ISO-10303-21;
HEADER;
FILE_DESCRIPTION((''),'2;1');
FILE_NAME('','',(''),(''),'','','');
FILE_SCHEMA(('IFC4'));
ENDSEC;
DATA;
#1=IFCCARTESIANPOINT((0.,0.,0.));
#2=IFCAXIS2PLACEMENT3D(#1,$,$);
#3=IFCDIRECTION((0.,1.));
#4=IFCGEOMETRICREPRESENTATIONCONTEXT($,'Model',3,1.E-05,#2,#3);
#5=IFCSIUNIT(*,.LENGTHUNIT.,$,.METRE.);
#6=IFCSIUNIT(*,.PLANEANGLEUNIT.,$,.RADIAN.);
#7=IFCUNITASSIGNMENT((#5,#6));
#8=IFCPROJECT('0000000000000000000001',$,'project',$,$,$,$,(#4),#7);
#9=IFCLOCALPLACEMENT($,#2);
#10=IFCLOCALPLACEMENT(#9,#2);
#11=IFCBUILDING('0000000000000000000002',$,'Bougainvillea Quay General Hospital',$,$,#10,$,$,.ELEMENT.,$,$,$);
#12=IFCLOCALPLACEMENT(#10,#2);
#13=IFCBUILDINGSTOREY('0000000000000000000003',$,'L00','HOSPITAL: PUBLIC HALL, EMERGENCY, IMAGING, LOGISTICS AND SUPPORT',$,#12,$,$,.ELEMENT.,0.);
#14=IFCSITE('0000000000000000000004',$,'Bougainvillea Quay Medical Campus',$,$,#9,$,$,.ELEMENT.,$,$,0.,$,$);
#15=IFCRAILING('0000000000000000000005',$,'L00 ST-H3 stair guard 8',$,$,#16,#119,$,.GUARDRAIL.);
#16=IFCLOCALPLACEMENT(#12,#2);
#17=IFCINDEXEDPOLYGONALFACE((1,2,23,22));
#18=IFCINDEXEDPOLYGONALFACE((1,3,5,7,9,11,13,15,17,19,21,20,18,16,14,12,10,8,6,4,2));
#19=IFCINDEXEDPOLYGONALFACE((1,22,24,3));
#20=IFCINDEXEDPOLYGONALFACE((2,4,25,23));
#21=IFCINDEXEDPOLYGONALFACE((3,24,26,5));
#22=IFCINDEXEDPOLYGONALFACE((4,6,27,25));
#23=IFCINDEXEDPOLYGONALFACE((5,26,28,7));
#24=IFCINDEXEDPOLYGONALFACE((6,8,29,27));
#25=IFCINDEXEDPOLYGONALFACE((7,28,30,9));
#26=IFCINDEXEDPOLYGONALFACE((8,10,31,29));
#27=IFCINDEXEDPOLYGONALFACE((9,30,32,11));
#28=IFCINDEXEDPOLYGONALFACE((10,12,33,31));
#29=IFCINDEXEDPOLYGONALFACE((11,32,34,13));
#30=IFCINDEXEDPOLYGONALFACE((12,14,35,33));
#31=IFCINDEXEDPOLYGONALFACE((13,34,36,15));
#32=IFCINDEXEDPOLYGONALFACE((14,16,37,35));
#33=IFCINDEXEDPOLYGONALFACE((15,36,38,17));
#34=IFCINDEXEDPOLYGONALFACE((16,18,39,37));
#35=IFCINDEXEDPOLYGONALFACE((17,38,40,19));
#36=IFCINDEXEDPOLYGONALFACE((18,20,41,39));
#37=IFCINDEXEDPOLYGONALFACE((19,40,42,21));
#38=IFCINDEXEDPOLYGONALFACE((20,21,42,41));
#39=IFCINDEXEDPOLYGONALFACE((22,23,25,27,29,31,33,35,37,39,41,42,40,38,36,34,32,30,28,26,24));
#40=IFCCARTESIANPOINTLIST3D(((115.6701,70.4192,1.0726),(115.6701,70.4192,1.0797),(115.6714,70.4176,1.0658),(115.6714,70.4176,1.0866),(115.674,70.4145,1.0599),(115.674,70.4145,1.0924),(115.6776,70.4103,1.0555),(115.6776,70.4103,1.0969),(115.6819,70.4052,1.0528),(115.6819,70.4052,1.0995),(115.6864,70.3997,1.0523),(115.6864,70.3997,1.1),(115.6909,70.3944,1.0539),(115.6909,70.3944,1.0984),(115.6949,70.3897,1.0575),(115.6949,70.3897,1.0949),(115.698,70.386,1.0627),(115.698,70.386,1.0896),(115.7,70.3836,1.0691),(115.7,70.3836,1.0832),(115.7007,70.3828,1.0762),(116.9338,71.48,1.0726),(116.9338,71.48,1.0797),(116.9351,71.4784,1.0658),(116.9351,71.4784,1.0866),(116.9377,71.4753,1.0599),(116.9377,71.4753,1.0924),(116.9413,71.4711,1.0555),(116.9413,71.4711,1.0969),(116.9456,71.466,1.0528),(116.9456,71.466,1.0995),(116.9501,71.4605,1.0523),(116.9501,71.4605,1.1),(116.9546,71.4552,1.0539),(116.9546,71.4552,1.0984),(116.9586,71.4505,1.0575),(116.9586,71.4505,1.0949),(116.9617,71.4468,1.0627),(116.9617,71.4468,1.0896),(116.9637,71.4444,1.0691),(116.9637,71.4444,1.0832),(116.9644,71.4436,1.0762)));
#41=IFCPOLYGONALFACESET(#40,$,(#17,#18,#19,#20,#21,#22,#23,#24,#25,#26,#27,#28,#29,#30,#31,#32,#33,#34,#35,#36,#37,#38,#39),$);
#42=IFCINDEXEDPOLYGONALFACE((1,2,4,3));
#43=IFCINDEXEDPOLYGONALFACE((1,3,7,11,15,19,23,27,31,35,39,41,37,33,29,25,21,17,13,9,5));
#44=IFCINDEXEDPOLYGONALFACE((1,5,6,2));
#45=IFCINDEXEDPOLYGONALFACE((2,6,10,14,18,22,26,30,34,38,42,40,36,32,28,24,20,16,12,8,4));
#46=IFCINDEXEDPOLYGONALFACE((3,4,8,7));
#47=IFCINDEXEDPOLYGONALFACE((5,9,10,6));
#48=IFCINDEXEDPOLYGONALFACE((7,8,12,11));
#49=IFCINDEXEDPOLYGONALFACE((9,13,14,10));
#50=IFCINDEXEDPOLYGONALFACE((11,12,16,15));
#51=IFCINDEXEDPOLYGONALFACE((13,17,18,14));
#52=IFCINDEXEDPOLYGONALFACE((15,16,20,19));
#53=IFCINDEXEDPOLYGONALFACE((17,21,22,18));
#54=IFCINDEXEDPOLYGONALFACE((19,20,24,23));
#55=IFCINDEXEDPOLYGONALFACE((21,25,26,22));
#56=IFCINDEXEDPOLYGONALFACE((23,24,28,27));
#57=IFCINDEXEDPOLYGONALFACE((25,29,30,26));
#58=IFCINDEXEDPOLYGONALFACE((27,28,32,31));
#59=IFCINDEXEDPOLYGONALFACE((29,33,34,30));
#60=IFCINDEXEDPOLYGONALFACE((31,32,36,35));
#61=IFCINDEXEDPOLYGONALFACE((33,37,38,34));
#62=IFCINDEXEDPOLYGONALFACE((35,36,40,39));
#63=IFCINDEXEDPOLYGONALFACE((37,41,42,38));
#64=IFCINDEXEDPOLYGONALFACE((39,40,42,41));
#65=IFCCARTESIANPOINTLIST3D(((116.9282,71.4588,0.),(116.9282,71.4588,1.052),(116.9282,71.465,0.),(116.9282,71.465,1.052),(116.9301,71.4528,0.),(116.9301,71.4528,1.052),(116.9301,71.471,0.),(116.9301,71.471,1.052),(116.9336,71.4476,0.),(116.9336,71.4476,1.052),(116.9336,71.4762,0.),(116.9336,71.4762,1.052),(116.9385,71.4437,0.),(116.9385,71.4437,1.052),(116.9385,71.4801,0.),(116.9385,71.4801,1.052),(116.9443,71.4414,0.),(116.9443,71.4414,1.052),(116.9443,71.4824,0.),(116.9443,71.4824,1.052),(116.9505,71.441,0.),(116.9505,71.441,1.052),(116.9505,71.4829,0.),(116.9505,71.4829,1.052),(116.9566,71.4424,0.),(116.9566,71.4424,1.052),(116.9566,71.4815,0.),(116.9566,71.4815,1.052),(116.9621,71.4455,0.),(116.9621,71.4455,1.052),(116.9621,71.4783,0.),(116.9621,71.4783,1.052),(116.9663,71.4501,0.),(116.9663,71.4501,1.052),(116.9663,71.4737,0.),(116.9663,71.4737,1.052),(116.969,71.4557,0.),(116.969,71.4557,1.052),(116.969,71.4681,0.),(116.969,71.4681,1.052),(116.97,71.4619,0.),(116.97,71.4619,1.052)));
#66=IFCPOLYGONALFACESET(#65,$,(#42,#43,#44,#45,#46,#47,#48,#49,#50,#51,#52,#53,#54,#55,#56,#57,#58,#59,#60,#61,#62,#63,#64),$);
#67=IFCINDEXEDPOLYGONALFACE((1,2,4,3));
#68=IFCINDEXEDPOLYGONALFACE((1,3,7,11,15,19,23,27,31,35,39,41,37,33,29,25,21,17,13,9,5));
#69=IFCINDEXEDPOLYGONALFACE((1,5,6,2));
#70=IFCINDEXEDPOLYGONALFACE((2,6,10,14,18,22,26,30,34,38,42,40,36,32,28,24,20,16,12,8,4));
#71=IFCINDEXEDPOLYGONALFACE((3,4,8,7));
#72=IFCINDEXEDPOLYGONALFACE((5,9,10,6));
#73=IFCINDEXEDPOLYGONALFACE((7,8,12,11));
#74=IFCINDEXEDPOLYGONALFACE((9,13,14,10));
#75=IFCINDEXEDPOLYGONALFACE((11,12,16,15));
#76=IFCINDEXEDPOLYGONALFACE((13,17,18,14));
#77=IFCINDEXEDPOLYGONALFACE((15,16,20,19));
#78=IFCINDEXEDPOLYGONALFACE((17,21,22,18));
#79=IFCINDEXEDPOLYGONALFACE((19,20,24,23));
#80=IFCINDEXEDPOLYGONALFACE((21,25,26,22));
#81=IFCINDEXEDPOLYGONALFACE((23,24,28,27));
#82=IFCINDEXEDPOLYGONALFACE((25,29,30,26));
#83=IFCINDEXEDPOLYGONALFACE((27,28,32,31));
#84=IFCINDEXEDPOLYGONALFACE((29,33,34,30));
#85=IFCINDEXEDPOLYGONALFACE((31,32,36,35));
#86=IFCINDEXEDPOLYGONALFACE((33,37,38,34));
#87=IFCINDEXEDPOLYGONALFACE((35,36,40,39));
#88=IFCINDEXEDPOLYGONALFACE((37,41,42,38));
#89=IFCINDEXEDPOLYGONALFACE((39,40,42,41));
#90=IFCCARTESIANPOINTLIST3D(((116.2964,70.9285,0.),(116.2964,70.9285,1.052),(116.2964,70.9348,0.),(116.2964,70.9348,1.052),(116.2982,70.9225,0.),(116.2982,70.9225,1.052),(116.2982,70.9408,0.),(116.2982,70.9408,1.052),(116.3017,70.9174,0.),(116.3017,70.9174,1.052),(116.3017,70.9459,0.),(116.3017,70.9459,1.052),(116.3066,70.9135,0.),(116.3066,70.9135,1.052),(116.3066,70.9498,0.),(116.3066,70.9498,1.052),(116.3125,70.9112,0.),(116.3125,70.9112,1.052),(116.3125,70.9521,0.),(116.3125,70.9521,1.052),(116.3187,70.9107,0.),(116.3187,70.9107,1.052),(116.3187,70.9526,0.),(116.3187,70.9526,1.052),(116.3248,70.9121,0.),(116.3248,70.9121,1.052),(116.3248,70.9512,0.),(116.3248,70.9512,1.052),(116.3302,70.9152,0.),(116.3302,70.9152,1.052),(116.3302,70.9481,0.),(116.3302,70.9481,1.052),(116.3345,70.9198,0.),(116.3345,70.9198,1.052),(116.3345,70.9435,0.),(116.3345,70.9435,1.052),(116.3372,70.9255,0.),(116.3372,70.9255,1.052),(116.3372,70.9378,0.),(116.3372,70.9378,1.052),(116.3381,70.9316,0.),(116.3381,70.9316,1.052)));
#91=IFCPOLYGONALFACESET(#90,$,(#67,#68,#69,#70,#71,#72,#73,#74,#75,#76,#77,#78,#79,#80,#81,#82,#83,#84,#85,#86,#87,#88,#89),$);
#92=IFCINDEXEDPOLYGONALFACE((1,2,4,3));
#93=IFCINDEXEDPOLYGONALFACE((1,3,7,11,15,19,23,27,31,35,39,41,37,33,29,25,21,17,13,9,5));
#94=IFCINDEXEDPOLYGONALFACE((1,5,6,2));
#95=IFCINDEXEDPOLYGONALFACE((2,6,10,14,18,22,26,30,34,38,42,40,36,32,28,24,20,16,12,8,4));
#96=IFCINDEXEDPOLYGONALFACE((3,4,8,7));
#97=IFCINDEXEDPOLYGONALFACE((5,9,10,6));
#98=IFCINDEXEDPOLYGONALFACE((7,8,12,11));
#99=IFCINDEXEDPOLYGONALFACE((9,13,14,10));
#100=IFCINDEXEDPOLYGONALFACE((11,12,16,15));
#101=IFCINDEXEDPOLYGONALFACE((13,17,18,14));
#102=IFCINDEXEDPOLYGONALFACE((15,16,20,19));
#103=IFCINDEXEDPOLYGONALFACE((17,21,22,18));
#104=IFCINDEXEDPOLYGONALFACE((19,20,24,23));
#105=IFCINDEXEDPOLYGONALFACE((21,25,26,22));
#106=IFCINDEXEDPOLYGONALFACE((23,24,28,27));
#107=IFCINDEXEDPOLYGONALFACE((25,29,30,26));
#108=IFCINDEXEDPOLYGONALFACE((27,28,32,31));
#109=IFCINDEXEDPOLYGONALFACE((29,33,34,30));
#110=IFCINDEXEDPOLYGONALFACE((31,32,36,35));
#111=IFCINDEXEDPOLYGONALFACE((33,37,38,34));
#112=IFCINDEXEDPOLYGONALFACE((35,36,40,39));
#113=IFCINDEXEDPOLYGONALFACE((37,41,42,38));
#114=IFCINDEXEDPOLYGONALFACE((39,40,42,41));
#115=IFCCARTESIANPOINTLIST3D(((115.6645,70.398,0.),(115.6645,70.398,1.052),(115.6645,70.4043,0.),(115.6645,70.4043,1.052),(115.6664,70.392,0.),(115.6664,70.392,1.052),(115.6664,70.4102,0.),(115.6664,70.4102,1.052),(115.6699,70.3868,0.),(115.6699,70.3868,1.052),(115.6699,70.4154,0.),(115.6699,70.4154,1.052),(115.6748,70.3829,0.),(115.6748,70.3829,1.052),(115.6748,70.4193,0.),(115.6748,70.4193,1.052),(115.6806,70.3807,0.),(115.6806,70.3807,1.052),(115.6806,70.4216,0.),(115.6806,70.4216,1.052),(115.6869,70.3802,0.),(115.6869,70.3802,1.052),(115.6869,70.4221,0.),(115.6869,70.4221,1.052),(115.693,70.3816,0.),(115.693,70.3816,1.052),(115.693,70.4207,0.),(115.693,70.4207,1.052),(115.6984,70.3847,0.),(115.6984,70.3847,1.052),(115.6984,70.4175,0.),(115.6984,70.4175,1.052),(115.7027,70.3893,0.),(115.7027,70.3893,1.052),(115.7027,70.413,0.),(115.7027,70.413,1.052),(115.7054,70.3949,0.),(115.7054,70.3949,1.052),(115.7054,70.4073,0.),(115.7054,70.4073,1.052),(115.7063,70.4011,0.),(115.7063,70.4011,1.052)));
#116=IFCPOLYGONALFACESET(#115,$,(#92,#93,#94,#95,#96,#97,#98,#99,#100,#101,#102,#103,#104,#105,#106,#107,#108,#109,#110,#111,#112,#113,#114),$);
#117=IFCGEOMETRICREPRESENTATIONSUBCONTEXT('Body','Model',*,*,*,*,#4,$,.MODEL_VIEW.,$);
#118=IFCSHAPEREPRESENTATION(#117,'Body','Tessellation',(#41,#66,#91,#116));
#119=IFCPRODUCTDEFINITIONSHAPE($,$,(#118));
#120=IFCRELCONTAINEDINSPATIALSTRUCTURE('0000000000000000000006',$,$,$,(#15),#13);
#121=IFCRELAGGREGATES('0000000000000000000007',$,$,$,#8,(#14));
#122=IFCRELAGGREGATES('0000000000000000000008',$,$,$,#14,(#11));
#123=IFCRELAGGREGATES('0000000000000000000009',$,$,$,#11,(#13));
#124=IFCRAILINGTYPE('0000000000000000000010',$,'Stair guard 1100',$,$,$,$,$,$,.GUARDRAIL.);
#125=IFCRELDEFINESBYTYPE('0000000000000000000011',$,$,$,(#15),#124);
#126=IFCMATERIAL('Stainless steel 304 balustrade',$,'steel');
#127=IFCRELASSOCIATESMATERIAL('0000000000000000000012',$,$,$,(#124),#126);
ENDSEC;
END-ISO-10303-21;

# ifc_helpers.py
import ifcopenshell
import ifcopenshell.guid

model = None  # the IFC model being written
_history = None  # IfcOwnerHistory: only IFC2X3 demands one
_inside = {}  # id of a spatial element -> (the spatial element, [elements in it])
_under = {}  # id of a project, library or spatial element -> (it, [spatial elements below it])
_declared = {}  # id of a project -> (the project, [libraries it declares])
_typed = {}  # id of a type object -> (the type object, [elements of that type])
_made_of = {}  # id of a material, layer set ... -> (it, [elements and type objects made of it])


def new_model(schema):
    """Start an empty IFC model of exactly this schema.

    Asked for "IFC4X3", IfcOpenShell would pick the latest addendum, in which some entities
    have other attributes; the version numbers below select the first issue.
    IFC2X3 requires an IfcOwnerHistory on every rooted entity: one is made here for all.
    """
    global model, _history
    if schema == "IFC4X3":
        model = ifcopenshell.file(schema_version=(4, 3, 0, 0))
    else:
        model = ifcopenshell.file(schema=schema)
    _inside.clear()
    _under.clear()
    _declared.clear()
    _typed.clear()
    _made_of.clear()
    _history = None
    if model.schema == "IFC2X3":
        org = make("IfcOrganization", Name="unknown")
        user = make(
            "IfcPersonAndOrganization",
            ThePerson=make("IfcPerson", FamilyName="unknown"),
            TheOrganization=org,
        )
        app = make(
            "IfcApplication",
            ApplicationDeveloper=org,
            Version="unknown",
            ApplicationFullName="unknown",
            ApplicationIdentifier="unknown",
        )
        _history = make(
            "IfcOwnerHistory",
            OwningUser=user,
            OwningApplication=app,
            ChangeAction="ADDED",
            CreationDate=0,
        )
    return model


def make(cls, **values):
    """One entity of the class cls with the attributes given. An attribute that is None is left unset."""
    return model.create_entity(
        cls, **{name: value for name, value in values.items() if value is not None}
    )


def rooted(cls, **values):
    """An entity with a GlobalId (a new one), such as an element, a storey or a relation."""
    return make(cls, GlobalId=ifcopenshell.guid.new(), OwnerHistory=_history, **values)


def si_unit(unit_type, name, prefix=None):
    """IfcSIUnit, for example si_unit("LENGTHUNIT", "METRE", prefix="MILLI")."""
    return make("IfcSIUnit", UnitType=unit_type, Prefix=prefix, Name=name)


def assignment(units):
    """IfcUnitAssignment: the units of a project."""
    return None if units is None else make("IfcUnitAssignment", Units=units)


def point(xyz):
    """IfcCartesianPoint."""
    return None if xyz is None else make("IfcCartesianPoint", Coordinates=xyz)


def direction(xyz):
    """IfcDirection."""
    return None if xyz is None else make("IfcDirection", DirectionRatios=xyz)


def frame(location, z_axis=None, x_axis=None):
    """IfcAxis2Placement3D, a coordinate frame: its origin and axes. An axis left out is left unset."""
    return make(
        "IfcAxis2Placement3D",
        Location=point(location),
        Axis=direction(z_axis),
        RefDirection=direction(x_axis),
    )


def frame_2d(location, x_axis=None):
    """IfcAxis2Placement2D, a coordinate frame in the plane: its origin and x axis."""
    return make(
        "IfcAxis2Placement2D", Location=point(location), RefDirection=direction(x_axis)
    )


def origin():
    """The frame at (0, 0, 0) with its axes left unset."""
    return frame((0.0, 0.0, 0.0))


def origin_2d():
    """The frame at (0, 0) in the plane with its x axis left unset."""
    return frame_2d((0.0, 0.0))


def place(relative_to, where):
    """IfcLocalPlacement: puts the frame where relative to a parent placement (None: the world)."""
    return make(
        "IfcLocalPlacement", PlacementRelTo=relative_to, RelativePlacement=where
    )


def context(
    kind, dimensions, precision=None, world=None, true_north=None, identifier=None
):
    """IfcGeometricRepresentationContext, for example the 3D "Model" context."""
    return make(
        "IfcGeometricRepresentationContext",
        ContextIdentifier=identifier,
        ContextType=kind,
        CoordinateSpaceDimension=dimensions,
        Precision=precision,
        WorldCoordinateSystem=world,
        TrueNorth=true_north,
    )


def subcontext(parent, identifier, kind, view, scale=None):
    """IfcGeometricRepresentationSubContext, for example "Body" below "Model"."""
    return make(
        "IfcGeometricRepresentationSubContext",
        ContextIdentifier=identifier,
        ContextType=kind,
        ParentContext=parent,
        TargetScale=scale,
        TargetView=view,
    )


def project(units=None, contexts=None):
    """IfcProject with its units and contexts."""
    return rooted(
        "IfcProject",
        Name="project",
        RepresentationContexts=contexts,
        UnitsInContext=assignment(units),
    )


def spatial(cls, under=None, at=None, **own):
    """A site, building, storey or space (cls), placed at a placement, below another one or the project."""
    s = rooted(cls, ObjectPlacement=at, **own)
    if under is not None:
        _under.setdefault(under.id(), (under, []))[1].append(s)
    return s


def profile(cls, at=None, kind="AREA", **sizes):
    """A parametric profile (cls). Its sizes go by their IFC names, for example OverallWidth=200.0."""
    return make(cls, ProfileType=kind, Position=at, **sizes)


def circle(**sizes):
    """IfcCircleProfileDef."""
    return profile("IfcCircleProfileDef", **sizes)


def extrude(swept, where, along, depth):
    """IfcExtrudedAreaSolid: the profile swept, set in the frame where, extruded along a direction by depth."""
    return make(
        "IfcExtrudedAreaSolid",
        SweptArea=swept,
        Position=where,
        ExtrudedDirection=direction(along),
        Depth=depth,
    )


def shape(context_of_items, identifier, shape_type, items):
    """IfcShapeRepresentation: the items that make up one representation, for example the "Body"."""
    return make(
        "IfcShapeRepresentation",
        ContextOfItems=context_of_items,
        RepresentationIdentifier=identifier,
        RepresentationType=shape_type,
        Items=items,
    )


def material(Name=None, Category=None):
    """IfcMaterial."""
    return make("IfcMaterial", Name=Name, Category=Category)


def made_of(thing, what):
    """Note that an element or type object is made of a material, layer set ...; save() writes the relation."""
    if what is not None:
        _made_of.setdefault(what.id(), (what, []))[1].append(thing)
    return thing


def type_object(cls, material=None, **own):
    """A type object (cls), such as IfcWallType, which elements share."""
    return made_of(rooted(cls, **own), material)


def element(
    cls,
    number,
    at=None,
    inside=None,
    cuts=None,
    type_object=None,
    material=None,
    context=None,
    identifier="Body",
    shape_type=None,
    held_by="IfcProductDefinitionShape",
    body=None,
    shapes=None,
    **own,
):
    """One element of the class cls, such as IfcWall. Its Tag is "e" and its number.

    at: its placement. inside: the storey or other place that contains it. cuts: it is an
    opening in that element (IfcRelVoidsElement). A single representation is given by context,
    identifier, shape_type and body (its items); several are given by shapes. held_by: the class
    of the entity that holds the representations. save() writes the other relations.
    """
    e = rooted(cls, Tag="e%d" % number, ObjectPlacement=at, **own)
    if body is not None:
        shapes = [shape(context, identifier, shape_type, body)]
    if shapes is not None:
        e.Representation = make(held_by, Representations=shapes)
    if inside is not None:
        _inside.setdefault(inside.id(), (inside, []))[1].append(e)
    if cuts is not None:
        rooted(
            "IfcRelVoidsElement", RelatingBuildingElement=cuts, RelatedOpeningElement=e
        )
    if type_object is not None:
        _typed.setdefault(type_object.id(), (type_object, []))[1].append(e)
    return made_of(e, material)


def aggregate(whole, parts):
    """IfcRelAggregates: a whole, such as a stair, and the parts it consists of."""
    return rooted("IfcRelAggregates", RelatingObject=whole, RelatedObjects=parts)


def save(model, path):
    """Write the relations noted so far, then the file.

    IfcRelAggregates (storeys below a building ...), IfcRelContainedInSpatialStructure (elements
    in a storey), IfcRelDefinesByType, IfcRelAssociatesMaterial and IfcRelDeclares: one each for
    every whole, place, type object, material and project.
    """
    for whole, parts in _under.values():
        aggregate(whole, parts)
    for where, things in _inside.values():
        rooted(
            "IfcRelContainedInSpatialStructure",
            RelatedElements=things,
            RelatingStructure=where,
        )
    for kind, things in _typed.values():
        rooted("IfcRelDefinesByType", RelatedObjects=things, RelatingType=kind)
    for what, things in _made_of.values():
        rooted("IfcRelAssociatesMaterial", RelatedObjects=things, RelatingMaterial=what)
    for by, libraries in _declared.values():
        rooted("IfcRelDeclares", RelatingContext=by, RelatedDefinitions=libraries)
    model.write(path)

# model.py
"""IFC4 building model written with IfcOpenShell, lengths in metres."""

from ifc_helpers import new_model, si_unit, direction, frame, origin, origin_2d, place, context, subcontext, project, spatial, circle, extrude, material, type_object, element, save


model = new_model("IFC4")

# Units and contexts
model_context = context("Model", 3, precision=1e-05, world=origin(), true_north=direction((0.0, 1.0)))
body_context = subcontext(model_context, "Body", "Model", "MODEL_VIEW")
ifc_project = project(units=[si_unit("LENGTHUNIT", "METRE"), si_unit("PLANEANGLEUNIT", "RADIAN")], contexts=[model_context])

# Site, building, storey
site_placement = place(None, origin())
site = spatial("IfcSite", under=ifc_project, at=site_placement, Name="Bougainvillea Quay Medical Campus", CompositionType="ELEMENT", RefElevation=0.0)
building_placement = place(site_placement, origin())
building = spatial("IfcBuilding", under=site, at=building_placement, Name="Bougainvillea Quay General Hospital", CompositionType="ELEMENT")
storey_placement = place(building_placement, origin())
storey = spatial("IfcBuildingStorey", under=building, at=storey_placement, Name="L00", Description="HOSPITAL: PUBLIC HALL, EMERGENCY, IMAGING, LOGISTICS AND SUPPORT", CompositionType="ELEMENT", Elevation=0.0)

# Railing
ifc_material_1 = material(Name="Stainless steel 304 balustrade", Category="steel")
railing_type_1 = type_object("IfcRailingType", Name="Stair guard 1100", PredefinedType="GUARDRAIL", material=ifc_material_1)
railing_1_placement = place(storey_placement, frame((116.949, 71.4619, 0.0)))
element("IfcRailing", 1, at=railing_1_placement, inside=storey, type_object=railing_type_1, Name="L00 ST-H3 stair guard 8", PredefinedType="GUARDRAIL", context=body_context, shape_type="SweptSolid", body=[
    extrude(circle(Radius=0.0239, at=origin_2d()), frame((0.0, 0.0, 1.0762), z_axis=(-0.765912, -0.642946, 0.0), x_axis=(0.642946, -0.765912, 0.0)), (0.0, 0.0, 1.0), 1.6499),
    extrude(circle(Radius=0.021, at=origin_2d()), origin(), (0.0, 0.0, 1.0), 1.052),
    extrude(circle(Radius=0.021, at=origin_2d()), frame((-0.6318, -0.5303, 0.0)), (0.0, 0.0, 1.0), 1.052),
    extrude(circle(Radius=0.021, at=origin_2d()), frame((-1.2637, -1.0608, 0.0)), (0.0, 0.0, 1.0), 1.052),
])

save(model, "model.ifc")
